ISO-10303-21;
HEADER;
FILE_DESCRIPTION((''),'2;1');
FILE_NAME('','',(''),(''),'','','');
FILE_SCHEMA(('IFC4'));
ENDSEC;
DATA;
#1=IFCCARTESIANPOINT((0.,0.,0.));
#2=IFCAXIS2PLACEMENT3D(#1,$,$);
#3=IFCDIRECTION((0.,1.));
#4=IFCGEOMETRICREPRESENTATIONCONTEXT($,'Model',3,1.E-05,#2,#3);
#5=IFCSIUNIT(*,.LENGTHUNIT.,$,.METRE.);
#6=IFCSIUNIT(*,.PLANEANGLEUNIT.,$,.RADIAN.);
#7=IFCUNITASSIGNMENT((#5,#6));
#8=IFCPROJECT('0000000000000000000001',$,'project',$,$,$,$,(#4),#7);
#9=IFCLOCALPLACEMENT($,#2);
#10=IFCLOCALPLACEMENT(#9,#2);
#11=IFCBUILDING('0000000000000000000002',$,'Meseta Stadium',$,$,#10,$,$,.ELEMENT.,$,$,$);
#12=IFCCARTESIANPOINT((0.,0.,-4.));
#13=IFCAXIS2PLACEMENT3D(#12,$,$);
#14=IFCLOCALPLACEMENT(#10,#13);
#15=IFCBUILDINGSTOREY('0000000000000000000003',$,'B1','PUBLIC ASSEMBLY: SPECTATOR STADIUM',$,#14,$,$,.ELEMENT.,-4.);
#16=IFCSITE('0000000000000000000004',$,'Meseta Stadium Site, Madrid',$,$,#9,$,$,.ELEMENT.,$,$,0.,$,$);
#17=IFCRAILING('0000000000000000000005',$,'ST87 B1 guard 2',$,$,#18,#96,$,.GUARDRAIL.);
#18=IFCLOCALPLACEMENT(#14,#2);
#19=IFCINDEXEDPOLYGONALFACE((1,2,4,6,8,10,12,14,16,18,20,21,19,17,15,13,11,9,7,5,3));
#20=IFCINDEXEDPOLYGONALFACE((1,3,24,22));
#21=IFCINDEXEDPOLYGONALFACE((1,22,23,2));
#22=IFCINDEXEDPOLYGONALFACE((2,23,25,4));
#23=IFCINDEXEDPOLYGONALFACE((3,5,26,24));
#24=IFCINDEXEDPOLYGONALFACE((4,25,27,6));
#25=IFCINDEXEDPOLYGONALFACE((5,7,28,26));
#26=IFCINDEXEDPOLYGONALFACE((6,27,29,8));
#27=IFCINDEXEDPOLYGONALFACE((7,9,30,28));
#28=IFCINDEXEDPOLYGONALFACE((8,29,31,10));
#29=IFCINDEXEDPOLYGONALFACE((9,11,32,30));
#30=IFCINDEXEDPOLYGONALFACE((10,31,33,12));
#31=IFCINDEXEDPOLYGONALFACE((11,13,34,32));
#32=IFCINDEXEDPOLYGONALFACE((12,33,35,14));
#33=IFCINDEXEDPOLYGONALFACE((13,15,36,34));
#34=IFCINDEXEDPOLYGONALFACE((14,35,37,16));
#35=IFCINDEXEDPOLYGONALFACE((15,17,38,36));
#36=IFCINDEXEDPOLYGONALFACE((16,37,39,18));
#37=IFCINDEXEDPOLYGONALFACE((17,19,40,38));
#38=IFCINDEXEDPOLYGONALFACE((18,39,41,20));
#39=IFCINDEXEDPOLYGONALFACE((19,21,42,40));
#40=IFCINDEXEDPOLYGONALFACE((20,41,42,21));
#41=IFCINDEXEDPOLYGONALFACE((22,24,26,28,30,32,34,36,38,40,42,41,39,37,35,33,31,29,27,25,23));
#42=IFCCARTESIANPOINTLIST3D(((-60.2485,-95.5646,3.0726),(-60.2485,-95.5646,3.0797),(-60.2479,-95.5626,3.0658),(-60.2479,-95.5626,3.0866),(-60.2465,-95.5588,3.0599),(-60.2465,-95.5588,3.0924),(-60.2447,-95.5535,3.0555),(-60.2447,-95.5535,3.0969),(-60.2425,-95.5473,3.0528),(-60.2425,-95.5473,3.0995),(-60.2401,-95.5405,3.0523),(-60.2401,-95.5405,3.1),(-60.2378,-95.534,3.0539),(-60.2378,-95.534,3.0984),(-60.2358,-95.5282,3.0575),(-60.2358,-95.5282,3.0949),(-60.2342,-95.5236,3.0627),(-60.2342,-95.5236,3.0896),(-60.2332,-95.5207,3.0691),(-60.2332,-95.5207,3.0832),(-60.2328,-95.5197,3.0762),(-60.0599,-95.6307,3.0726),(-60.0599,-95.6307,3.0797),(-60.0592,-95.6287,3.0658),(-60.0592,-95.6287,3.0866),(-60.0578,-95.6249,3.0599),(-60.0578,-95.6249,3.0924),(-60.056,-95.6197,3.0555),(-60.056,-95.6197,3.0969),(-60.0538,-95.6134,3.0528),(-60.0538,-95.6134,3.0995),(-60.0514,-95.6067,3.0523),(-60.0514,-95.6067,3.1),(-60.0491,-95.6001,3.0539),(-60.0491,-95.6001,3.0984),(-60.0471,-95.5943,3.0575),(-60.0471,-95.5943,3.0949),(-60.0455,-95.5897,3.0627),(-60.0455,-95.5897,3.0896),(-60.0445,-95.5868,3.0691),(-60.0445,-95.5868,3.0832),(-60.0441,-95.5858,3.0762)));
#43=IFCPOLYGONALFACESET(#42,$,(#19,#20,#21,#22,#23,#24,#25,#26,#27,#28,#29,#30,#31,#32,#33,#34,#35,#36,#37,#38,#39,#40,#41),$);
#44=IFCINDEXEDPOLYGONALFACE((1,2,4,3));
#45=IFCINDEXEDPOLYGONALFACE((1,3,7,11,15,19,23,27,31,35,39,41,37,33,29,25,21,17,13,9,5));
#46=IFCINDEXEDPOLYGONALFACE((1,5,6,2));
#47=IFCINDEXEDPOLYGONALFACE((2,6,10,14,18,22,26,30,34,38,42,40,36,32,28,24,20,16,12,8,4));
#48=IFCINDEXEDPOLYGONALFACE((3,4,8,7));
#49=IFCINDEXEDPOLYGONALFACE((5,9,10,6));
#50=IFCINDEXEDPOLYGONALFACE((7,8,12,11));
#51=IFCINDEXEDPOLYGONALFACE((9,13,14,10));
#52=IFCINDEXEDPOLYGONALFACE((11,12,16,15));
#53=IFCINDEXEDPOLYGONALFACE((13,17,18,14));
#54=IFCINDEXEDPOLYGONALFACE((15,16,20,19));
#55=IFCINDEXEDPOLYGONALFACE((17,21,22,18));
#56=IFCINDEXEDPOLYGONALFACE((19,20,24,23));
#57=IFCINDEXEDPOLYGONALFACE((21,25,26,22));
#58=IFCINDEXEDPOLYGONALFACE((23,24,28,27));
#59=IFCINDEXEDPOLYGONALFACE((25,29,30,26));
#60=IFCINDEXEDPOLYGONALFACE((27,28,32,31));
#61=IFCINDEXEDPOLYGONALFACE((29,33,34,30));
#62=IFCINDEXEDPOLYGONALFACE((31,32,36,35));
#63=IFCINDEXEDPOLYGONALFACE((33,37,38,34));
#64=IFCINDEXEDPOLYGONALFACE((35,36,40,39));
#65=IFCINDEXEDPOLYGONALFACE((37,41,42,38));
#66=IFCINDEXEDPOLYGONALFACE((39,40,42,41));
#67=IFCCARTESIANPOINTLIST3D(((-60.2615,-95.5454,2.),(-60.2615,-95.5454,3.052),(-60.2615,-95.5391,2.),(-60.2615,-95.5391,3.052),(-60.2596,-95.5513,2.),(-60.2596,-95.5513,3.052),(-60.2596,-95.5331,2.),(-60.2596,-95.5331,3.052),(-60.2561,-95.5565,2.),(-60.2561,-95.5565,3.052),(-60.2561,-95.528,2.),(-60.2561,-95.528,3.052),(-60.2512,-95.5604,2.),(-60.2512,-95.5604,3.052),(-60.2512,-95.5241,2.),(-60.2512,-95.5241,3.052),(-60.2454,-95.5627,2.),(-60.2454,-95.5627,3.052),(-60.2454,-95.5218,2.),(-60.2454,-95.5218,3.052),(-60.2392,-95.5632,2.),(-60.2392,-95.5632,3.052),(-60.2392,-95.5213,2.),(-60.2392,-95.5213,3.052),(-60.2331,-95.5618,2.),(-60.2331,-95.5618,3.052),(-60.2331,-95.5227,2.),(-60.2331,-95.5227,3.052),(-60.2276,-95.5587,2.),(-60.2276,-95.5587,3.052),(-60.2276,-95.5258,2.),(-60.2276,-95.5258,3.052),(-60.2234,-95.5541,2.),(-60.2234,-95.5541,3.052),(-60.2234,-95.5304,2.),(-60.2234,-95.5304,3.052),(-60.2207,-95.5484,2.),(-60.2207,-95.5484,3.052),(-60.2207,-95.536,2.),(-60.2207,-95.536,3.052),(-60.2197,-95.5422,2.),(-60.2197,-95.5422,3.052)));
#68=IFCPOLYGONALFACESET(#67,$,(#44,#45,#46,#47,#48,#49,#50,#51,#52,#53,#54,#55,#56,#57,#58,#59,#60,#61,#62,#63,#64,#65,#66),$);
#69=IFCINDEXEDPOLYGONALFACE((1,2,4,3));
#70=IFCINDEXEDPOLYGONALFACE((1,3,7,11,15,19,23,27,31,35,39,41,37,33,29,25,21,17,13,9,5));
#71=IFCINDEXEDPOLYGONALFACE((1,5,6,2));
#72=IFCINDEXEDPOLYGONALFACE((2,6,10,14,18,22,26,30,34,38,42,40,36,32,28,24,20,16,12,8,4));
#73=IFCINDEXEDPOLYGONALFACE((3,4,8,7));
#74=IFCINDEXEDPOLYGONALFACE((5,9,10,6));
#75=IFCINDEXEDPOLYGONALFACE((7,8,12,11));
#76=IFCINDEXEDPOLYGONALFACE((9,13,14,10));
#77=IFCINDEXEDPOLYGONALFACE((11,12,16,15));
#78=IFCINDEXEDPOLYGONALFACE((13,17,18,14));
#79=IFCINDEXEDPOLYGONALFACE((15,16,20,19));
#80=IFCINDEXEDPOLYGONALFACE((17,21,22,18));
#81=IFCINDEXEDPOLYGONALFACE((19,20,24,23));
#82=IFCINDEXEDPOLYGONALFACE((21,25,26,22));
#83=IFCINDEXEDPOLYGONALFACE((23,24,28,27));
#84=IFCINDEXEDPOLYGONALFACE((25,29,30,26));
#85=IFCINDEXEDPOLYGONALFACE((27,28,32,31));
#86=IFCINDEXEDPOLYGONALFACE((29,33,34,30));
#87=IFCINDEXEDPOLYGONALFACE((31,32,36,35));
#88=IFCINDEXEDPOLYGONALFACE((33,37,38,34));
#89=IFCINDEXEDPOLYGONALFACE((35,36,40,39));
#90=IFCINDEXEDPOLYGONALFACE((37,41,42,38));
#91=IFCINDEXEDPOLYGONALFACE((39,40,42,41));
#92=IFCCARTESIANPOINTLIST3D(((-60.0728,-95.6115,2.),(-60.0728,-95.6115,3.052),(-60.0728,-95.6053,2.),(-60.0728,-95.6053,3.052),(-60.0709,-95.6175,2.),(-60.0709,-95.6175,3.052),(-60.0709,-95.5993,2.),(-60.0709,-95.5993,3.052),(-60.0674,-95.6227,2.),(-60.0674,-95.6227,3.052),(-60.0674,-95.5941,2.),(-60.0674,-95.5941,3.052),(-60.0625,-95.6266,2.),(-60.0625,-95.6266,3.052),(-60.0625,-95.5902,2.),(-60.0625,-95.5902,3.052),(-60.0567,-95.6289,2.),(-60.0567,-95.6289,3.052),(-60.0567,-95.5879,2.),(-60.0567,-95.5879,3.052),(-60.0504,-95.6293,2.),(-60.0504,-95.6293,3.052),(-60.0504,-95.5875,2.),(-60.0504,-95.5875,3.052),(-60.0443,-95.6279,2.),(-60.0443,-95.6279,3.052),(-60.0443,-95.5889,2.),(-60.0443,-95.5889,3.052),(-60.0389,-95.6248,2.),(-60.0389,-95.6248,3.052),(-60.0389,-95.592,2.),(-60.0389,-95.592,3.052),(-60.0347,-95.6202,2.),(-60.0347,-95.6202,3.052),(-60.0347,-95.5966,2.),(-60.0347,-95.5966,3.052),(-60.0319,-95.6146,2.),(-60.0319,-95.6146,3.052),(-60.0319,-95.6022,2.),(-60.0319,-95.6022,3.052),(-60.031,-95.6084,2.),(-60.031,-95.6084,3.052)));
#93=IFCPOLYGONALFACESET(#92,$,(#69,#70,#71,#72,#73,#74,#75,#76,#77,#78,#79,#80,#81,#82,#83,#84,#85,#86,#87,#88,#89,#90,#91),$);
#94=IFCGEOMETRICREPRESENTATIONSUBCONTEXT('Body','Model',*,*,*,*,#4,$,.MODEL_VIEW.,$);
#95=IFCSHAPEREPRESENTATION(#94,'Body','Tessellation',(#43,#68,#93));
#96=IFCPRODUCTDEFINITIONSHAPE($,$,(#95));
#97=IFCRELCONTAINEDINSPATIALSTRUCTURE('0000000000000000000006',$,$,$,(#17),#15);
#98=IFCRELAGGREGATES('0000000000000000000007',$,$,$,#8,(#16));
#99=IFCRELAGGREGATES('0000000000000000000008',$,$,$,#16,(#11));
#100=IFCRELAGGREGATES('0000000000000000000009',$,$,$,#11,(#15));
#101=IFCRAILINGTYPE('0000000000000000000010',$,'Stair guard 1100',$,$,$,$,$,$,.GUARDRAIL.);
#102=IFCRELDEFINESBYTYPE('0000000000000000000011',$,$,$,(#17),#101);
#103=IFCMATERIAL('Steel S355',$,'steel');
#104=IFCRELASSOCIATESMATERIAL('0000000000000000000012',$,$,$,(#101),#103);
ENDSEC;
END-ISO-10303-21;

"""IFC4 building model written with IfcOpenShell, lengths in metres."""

from ifc_helpers import new_model, si_unit, direction, frame, origin, origin_2d, place, context, subcontext, project, spatial, circle, extrude, material, type_object, element, save


model = new_model("IFC4")

# Units and contexts
model_context = context("Model", 3, precision=1e-05, world=origin(), true_north=direction((0.0, 1.0)))
body_context = subcontext(model_context, "Body", "Model", "MODEL_VIEW")
ifc_project = project(units=[si_unit("LENGTHUNIT", "METRE"), si_unit("PLANEANGLEUNIT", "RADIAN")], contexts=[model_context])

# Site, building, storey
site_placement = place(None, origin())
site = spatial("IfcSite", under=ifc_project, at=site_placement, Name="Meseta Stadium Site, Madrid", CompositionType="ELEMENT", RefElevation=0.0)
building_placement = place(site_placement, origin())
building = spatial("IfcBuilding", under=site, at=building_placement, Name="Meseta Stadium", CompositionType="ELEMENT")
storey_placement = place(building_placement, frame((0.0, 0.0, -4.0)))
storey = spatial("IfcBuildingStorey", under=building, at=storey_placement, Name="B1", Description="PUBLIC ASSEMBLY: SPECTATOR STADIUM", CompositionType="ELEMENT", Elevation=-4.0)

# Railing
ifc_material_1 = material(Name="Steel S355", Category="steel")
railing_type_1 = type_object("IfcRailingType", Name="Stair guard 1100", PredefinedType="GUARDRAIL", material=ifc_material_1)
railing_1_placement = place(storey_placement, frame((-60.2407, -95.5422, 2.0)))
element("IfcRailing", 1, at=railing_1_placement, inside=storey, type_object=railing_type_1, Name="ST87 B1 guard 2", PredefinedType="GUARDRAIL", context=body_context, shape_type="SweptSolid", body=[
    extrude(circle(Radius=0.0239, at=origin_2d()), frame((0.0, 0.0, 1.0762), z_axis=(0.943687, -0.33084, 0.0), x_axis=(0.33084, 0.943687, 0.0)), (0.0, 0.0, 1.0), 0.2),
    extrude(circle(Radius=0.021, at=origin_2d()), origin(), (0.0, 0.0, 1.0), 1.052),
    extrude(circle(Radius=0.021, at=origin_2d()), frame((0.1887, -0.0662, 0.0)), (0.0, 0.0, 1.0), 1.052),
])

save(model, "model.ifc")
